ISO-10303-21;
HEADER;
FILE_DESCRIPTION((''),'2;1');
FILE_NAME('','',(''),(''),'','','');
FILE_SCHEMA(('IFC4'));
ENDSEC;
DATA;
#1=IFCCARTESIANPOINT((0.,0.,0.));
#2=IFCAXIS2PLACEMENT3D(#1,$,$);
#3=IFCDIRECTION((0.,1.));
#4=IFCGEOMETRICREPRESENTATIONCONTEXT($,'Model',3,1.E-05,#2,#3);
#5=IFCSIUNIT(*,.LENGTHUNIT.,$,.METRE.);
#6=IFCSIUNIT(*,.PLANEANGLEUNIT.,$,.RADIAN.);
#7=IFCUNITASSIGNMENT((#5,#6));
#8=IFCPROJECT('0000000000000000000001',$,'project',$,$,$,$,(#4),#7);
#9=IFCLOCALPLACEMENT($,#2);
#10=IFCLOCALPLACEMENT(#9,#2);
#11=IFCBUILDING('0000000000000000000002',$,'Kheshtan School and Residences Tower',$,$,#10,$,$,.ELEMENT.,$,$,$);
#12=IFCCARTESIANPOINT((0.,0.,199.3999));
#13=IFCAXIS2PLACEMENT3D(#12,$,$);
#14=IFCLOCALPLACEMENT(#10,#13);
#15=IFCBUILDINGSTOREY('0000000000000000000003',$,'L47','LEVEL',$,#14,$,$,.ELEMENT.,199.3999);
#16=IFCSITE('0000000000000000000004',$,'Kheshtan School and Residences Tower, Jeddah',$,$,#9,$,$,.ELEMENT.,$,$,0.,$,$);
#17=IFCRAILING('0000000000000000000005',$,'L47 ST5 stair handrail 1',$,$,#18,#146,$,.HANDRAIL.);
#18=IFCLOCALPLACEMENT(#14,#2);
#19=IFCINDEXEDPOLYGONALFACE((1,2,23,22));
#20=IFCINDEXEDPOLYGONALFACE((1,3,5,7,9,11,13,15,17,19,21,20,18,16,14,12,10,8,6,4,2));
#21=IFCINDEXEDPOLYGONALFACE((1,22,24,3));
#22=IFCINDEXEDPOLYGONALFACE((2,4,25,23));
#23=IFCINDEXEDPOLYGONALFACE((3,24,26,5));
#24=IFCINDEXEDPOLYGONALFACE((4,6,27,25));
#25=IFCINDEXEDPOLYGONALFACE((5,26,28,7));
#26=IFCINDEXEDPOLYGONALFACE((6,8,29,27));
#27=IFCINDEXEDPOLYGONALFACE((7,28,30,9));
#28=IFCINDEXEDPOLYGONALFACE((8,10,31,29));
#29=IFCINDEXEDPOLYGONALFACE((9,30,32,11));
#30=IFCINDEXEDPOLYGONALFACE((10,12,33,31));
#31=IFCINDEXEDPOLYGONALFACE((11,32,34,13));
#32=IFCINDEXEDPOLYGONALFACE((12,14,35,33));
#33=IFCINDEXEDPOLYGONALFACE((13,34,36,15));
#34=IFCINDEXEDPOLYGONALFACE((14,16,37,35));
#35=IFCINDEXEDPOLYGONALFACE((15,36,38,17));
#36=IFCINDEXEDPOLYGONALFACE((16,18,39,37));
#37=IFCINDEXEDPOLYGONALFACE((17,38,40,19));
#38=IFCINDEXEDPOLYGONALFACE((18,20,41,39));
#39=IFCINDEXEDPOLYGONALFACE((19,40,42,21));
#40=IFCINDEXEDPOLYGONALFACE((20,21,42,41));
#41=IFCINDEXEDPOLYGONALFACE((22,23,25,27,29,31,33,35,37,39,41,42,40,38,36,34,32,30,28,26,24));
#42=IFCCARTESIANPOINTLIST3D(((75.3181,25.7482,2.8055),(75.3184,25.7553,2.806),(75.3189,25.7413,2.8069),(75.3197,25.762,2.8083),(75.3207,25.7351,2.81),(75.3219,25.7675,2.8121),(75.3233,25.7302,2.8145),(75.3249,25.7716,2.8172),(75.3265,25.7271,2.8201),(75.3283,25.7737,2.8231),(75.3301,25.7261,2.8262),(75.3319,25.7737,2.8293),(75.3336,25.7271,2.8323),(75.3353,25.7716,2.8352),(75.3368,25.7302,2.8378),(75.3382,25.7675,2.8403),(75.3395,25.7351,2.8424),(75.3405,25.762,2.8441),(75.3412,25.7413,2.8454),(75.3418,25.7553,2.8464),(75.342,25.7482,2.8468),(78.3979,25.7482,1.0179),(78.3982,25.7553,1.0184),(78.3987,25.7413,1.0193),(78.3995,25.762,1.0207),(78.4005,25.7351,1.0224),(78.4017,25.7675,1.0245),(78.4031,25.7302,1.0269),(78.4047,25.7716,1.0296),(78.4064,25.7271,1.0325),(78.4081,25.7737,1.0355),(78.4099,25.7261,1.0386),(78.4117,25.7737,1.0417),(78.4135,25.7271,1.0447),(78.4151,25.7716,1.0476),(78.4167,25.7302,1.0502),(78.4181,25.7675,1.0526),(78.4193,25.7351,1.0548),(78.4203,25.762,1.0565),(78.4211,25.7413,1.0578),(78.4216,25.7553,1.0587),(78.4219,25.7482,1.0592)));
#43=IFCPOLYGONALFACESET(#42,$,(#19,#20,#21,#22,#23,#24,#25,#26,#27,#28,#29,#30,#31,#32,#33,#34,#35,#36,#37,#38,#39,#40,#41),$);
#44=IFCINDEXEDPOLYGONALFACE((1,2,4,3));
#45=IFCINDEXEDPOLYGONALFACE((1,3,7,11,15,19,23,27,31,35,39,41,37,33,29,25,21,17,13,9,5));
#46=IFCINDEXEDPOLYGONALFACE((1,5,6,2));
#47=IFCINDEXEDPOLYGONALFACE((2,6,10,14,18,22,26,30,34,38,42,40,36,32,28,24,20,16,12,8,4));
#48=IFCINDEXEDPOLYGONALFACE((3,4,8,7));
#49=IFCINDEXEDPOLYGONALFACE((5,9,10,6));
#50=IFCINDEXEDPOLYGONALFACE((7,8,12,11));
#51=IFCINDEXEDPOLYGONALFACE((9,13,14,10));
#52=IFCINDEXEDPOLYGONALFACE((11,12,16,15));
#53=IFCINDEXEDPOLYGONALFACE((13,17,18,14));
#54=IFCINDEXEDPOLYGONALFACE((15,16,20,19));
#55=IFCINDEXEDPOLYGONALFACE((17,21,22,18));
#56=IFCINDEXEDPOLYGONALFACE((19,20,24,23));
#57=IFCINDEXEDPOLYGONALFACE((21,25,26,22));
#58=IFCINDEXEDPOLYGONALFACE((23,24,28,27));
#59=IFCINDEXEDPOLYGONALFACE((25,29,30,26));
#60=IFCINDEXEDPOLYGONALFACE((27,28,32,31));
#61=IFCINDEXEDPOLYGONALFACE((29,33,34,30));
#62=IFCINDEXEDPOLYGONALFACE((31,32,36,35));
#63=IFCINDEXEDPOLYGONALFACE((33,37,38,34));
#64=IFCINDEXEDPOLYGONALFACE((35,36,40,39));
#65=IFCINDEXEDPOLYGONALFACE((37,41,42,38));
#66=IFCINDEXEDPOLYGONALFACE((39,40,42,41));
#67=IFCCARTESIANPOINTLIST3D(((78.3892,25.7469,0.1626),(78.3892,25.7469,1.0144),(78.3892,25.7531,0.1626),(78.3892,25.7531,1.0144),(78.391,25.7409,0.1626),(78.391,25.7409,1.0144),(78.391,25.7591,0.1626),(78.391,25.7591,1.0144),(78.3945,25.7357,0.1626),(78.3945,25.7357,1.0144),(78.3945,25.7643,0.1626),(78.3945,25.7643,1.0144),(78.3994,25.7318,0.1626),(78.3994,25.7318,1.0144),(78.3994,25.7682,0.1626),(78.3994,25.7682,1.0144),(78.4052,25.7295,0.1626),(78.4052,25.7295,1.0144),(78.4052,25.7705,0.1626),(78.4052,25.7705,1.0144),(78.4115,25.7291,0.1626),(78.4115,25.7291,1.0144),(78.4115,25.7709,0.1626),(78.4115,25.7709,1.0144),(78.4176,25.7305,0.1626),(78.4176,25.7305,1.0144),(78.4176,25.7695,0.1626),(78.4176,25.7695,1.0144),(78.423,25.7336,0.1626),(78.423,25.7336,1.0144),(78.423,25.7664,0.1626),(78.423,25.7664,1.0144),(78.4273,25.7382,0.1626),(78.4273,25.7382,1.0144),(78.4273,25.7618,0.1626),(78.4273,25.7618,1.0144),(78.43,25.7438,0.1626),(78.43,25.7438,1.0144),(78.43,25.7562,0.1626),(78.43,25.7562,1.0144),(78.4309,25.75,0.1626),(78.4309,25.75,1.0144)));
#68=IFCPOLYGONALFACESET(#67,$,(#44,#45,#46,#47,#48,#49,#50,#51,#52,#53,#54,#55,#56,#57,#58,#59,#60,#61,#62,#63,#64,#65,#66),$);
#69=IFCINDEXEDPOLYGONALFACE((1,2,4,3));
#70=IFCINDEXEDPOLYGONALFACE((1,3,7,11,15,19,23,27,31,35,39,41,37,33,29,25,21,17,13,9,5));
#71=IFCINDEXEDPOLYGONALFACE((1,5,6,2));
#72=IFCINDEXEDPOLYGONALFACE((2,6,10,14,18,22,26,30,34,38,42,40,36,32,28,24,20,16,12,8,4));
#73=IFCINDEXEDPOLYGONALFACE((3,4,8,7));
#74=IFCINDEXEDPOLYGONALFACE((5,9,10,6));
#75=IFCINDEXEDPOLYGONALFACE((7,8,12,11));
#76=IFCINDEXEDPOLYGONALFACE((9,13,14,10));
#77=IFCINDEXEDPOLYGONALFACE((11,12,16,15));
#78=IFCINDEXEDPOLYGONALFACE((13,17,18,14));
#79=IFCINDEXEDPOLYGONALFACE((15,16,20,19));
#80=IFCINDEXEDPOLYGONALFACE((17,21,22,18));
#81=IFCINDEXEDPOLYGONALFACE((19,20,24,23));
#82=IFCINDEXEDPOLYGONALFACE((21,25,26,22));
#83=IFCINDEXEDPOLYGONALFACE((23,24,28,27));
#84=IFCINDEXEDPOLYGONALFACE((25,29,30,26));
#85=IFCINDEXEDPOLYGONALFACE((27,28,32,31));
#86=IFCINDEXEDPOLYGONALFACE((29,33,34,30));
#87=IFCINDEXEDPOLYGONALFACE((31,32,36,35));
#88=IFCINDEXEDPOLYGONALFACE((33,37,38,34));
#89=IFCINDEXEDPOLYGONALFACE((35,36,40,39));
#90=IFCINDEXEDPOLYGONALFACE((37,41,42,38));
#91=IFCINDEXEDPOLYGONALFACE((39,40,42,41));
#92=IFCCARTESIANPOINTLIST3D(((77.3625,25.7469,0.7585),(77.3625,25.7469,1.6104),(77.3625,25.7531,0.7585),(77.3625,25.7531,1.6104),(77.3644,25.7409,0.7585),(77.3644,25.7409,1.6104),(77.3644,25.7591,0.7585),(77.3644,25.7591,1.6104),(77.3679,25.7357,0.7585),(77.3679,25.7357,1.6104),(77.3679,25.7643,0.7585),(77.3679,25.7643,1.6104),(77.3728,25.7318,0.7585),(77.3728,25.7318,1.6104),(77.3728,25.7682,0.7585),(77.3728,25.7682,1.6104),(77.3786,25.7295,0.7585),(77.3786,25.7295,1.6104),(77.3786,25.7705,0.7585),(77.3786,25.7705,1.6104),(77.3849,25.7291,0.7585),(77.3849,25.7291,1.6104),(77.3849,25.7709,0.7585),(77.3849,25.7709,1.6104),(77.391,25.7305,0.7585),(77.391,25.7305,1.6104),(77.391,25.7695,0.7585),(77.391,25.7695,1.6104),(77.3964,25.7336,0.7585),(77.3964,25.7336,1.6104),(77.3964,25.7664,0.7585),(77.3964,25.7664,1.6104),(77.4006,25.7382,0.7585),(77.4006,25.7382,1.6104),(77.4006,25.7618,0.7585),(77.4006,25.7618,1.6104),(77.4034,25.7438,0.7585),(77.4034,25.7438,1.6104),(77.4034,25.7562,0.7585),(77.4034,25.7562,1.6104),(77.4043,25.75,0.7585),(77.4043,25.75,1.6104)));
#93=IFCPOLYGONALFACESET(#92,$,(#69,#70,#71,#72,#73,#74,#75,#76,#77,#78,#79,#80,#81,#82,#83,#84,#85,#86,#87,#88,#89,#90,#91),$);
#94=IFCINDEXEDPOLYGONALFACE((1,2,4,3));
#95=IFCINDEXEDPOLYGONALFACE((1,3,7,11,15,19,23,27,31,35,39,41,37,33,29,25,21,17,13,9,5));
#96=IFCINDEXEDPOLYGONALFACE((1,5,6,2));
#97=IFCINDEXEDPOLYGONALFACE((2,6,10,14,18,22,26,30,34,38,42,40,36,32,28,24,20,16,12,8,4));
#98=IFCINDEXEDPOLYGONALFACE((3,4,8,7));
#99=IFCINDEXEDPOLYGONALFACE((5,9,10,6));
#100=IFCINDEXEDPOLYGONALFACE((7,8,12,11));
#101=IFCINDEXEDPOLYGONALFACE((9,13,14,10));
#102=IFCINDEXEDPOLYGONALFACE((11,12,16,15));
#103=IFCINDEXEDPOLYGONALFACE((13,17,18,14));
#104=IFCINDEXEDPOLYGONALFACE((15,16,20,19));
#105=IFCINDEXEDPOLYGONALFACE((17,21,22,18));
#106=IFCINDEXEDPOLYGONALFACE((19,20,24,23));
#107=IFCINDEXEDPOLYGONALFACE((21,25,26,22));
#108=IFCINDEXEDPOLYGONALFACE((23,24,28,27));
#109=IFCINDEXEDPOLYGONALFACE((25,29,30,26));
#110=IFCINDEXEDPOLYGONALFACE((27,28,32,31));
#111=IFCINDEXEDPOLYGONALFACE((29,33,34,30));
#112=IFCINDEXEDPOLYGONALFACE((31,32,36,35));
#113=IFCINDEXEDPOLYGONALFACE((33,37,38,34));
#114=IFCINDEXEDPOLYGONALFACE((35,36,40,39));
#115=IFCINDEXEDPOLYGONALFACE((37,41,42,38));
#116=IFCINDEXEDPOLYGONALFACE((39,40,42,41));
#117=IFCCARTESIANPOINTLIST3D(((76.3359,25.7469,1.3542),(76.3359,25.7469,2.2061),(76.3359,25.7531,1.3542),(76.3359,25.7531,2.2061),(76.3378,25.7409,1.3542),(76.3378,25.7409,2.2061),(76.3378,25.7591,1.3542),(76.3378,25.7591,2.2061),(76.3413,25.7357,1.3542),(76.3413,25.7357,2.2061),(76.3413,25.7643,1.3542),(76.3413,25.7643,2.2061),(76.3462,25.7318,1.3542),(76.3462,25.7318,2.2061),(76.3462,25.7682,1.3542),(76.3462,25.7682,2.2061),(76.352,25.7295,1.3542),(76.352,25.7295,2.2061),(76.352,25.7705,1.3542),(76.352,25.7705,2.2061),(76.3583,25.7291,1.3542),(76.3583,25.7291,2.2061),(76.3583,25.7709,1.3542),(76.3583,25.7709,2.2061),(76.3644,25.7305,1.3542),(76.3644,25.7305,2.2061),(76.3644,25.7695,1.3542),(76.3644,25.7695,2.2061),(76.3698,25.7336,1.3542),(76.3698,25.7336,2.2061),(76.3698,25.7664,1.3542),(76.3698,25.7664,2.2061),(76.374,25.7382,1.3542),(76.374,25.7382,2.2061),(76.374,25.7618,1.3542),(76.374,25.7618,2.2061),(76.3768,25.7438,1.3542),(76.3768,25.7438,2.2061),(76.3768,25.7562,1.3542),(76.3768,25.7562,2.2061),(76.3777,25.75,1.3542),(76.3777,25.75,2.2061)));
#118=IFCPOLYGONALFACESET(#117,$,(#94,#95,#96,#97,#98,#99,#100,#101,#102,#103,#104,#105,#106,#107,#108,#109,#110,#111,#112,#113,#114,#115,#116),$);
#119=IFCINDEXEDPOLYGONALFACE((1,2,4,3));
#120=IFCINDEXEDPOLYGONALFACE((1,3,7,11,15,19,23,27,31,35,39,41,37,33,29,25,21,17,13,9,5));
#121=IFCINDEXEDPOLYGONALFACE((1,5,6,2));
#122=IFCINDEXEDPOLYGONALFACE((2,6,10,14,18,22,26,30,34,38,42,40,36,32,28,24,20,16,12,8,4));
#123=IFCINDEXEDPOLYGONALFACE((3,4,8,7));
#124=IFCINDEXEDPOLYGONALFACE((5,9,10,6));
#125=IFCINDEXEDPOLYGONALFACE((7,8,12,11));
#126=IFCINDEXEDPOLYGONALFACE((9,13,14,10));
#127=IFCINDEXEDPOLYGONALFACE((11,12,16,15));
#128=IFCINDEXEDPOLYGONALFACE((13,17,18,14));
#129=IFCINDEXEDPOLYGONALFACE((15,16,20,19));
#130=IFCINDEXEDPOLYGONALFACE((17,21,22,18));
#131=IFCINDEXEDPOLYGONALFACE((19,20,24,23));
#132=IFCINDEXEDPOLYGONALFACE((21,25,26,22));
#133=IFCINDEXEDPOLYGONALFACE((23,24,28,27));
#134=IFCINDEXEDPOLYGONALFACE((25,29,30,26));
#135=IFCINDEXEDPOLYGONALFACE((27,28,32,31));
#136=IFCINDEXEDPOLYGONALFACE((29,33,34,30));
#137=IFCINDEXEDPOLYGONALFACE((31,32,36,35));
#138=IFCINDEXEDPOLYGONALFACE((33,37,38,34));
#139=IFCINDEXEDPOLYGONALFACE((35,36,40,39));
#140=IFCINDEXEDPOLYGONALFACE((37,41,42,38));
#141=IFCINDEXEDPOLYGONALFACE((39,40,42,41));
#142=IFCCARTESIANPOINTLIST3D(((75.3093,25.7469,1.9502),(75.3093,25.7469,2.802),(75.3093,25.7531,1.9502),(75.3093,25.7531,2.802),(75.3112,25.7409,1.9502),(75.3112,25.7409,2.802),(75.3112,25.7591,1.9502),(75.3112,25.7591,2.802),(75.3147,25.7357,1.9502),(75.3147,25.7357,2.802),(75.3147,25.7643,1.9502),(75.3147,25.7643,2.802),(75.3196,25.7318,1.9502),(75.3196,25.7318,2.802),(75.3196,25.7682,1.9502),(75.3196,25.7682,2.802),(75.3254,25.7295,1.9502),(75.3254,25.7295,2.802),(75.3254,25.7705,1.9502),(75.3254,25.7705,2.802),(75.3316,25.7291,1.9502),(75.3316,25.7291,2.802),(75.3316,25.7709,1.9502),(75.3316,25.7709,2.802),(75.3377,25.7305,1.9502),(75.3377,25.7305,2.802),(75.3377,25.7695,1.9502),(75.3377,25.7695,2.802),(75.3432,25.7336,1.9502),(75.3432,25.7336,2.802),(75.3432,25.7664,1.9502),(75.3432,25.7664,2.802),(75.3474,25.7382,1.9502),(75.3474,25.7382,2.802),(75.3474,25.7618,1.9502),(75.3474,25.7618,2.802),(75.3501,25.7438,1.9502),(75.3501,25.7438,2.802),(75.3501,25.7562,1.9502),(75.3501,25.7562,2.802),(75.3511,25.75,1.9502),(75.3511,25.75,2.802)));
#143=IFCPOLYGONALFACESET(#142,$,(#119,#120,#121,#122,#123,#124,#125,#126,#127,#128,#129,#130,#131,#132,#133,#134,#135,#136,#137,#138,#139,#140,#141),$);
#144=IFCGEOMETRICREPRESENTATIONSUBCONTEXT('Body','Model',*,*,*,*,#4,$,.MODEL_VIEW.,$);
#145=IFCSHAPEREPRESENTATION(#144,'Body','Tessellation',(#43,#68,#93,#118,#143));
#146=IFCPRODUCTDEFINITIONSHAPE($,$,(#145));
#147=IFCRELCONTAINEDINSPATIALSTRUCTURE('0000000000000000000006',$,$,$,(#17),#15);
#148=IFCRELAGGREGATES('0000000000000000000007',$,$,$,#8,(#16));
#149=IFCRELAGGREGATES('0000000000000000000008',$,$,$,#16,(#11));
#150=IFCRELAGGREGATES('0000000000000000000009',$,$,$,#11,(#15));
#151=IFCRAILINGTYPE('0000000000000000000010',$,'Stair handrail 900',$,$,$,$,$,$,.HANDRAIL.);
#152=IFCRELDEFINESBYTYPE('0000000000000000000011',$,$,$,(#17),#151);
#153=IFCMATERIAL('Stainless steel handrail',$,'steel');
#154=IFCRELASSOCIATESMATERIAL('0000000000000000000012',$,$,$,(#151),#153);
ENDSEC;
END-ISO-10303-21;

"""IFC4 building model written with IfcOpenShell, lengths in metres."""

from ifc_helpers import new_model, si_unit, direction, frame, origin, origin_2d, place, context, subcontext, project, spatial, circle, extrude, material, type_object, element, save


model = new_model("IFC4")

# Units and contexts
model_context = context("Model", 3, precision=1e-05, world=origin(), true_north=direction((0.0, 1.0)))
body_context = subcontext(model_context, "Body", "Model", "MODEL_VIEW")
ifc_project = project(units=[si_unit("LENGTHUNIT", "METRE"), si_unit("PLANEANGLEUNIT", "RADIAN")], contexts=[model_context])

# Site, building, storey
site_placement = place(None, origin())
site = spatial("IfcSite", under=ifc_project, at=site_placement, Name="Kheshtan School and Residences Tower, Jeddah", CompositionType="ELEMENT", RefElevation=0.0)
building_placement = place(site_placement, origin())
building = spatial("IfcBuilding", under=site, at=building_placement, Name="Kheshtan School and Residences Tower", CompositionType="ELEMENT")
storey_placement = place(building_placement, frame((0.0, 0.0, 199.3999)))
storey = spatial("IfcBuildingStorey", under=building, at=storey_placement, Name="L47", Description="LEVEL", CompositionType="ELEMENT", Elevation=199.3999)

# Railing
ifc_material_1 = material(Name="Stainless steel handrail", Category="steel")
railing_type_1 = type_object("IfcRailingType", Name="Stair handrail 900", PredefinedType="HANDRAIL", material=ifc_material_1)
railing_1_placement = place(storey_placement, frame((78.4099, 25.75, 0.1626)))
element("IfcRailing", 1, at=railing_1_placement, inside=storey, type_object=railing_type_1, Name="L47 ST5 stair handrail 1", PredefinedType="HANDRAIL", context=body_context, shape_type="SweptSolid", body=[
    extrude(circle(Radius=0.0239, at=origin_2d()), frame((0.0, 0.0, 0.876), z_axis=(-0.864873, 0.0, 0.50199), x_axis=(0.0, -1.0, 0.0)), (0.0, 0.0, 1.0), 3.561),
    extrude(circle(Radius=0.021, at=origin_2d()), origin(), (0.0, 0.0, 1.0), 0.8518),
    extrude(circle(Radius=0.021, at=origin_2d()), frame((-1.0266, 0.0, 0.5959)), (0.0, 0.0, 1.0), 0.8518),
    extrude(circle(Radius=0.021, at=origin_2d()), frame((-2.0532, 0.0, 1.1917)), (0.0, 0.0, 1.0), 0.8518),
    extrude(circle(Radius=0.021, at=origin_2d()), frame((-3.0798, 0.0, 1.7876)), (0.0, 0.0, 1.0), 0.8518),
])

save(model, "model.ifc")
